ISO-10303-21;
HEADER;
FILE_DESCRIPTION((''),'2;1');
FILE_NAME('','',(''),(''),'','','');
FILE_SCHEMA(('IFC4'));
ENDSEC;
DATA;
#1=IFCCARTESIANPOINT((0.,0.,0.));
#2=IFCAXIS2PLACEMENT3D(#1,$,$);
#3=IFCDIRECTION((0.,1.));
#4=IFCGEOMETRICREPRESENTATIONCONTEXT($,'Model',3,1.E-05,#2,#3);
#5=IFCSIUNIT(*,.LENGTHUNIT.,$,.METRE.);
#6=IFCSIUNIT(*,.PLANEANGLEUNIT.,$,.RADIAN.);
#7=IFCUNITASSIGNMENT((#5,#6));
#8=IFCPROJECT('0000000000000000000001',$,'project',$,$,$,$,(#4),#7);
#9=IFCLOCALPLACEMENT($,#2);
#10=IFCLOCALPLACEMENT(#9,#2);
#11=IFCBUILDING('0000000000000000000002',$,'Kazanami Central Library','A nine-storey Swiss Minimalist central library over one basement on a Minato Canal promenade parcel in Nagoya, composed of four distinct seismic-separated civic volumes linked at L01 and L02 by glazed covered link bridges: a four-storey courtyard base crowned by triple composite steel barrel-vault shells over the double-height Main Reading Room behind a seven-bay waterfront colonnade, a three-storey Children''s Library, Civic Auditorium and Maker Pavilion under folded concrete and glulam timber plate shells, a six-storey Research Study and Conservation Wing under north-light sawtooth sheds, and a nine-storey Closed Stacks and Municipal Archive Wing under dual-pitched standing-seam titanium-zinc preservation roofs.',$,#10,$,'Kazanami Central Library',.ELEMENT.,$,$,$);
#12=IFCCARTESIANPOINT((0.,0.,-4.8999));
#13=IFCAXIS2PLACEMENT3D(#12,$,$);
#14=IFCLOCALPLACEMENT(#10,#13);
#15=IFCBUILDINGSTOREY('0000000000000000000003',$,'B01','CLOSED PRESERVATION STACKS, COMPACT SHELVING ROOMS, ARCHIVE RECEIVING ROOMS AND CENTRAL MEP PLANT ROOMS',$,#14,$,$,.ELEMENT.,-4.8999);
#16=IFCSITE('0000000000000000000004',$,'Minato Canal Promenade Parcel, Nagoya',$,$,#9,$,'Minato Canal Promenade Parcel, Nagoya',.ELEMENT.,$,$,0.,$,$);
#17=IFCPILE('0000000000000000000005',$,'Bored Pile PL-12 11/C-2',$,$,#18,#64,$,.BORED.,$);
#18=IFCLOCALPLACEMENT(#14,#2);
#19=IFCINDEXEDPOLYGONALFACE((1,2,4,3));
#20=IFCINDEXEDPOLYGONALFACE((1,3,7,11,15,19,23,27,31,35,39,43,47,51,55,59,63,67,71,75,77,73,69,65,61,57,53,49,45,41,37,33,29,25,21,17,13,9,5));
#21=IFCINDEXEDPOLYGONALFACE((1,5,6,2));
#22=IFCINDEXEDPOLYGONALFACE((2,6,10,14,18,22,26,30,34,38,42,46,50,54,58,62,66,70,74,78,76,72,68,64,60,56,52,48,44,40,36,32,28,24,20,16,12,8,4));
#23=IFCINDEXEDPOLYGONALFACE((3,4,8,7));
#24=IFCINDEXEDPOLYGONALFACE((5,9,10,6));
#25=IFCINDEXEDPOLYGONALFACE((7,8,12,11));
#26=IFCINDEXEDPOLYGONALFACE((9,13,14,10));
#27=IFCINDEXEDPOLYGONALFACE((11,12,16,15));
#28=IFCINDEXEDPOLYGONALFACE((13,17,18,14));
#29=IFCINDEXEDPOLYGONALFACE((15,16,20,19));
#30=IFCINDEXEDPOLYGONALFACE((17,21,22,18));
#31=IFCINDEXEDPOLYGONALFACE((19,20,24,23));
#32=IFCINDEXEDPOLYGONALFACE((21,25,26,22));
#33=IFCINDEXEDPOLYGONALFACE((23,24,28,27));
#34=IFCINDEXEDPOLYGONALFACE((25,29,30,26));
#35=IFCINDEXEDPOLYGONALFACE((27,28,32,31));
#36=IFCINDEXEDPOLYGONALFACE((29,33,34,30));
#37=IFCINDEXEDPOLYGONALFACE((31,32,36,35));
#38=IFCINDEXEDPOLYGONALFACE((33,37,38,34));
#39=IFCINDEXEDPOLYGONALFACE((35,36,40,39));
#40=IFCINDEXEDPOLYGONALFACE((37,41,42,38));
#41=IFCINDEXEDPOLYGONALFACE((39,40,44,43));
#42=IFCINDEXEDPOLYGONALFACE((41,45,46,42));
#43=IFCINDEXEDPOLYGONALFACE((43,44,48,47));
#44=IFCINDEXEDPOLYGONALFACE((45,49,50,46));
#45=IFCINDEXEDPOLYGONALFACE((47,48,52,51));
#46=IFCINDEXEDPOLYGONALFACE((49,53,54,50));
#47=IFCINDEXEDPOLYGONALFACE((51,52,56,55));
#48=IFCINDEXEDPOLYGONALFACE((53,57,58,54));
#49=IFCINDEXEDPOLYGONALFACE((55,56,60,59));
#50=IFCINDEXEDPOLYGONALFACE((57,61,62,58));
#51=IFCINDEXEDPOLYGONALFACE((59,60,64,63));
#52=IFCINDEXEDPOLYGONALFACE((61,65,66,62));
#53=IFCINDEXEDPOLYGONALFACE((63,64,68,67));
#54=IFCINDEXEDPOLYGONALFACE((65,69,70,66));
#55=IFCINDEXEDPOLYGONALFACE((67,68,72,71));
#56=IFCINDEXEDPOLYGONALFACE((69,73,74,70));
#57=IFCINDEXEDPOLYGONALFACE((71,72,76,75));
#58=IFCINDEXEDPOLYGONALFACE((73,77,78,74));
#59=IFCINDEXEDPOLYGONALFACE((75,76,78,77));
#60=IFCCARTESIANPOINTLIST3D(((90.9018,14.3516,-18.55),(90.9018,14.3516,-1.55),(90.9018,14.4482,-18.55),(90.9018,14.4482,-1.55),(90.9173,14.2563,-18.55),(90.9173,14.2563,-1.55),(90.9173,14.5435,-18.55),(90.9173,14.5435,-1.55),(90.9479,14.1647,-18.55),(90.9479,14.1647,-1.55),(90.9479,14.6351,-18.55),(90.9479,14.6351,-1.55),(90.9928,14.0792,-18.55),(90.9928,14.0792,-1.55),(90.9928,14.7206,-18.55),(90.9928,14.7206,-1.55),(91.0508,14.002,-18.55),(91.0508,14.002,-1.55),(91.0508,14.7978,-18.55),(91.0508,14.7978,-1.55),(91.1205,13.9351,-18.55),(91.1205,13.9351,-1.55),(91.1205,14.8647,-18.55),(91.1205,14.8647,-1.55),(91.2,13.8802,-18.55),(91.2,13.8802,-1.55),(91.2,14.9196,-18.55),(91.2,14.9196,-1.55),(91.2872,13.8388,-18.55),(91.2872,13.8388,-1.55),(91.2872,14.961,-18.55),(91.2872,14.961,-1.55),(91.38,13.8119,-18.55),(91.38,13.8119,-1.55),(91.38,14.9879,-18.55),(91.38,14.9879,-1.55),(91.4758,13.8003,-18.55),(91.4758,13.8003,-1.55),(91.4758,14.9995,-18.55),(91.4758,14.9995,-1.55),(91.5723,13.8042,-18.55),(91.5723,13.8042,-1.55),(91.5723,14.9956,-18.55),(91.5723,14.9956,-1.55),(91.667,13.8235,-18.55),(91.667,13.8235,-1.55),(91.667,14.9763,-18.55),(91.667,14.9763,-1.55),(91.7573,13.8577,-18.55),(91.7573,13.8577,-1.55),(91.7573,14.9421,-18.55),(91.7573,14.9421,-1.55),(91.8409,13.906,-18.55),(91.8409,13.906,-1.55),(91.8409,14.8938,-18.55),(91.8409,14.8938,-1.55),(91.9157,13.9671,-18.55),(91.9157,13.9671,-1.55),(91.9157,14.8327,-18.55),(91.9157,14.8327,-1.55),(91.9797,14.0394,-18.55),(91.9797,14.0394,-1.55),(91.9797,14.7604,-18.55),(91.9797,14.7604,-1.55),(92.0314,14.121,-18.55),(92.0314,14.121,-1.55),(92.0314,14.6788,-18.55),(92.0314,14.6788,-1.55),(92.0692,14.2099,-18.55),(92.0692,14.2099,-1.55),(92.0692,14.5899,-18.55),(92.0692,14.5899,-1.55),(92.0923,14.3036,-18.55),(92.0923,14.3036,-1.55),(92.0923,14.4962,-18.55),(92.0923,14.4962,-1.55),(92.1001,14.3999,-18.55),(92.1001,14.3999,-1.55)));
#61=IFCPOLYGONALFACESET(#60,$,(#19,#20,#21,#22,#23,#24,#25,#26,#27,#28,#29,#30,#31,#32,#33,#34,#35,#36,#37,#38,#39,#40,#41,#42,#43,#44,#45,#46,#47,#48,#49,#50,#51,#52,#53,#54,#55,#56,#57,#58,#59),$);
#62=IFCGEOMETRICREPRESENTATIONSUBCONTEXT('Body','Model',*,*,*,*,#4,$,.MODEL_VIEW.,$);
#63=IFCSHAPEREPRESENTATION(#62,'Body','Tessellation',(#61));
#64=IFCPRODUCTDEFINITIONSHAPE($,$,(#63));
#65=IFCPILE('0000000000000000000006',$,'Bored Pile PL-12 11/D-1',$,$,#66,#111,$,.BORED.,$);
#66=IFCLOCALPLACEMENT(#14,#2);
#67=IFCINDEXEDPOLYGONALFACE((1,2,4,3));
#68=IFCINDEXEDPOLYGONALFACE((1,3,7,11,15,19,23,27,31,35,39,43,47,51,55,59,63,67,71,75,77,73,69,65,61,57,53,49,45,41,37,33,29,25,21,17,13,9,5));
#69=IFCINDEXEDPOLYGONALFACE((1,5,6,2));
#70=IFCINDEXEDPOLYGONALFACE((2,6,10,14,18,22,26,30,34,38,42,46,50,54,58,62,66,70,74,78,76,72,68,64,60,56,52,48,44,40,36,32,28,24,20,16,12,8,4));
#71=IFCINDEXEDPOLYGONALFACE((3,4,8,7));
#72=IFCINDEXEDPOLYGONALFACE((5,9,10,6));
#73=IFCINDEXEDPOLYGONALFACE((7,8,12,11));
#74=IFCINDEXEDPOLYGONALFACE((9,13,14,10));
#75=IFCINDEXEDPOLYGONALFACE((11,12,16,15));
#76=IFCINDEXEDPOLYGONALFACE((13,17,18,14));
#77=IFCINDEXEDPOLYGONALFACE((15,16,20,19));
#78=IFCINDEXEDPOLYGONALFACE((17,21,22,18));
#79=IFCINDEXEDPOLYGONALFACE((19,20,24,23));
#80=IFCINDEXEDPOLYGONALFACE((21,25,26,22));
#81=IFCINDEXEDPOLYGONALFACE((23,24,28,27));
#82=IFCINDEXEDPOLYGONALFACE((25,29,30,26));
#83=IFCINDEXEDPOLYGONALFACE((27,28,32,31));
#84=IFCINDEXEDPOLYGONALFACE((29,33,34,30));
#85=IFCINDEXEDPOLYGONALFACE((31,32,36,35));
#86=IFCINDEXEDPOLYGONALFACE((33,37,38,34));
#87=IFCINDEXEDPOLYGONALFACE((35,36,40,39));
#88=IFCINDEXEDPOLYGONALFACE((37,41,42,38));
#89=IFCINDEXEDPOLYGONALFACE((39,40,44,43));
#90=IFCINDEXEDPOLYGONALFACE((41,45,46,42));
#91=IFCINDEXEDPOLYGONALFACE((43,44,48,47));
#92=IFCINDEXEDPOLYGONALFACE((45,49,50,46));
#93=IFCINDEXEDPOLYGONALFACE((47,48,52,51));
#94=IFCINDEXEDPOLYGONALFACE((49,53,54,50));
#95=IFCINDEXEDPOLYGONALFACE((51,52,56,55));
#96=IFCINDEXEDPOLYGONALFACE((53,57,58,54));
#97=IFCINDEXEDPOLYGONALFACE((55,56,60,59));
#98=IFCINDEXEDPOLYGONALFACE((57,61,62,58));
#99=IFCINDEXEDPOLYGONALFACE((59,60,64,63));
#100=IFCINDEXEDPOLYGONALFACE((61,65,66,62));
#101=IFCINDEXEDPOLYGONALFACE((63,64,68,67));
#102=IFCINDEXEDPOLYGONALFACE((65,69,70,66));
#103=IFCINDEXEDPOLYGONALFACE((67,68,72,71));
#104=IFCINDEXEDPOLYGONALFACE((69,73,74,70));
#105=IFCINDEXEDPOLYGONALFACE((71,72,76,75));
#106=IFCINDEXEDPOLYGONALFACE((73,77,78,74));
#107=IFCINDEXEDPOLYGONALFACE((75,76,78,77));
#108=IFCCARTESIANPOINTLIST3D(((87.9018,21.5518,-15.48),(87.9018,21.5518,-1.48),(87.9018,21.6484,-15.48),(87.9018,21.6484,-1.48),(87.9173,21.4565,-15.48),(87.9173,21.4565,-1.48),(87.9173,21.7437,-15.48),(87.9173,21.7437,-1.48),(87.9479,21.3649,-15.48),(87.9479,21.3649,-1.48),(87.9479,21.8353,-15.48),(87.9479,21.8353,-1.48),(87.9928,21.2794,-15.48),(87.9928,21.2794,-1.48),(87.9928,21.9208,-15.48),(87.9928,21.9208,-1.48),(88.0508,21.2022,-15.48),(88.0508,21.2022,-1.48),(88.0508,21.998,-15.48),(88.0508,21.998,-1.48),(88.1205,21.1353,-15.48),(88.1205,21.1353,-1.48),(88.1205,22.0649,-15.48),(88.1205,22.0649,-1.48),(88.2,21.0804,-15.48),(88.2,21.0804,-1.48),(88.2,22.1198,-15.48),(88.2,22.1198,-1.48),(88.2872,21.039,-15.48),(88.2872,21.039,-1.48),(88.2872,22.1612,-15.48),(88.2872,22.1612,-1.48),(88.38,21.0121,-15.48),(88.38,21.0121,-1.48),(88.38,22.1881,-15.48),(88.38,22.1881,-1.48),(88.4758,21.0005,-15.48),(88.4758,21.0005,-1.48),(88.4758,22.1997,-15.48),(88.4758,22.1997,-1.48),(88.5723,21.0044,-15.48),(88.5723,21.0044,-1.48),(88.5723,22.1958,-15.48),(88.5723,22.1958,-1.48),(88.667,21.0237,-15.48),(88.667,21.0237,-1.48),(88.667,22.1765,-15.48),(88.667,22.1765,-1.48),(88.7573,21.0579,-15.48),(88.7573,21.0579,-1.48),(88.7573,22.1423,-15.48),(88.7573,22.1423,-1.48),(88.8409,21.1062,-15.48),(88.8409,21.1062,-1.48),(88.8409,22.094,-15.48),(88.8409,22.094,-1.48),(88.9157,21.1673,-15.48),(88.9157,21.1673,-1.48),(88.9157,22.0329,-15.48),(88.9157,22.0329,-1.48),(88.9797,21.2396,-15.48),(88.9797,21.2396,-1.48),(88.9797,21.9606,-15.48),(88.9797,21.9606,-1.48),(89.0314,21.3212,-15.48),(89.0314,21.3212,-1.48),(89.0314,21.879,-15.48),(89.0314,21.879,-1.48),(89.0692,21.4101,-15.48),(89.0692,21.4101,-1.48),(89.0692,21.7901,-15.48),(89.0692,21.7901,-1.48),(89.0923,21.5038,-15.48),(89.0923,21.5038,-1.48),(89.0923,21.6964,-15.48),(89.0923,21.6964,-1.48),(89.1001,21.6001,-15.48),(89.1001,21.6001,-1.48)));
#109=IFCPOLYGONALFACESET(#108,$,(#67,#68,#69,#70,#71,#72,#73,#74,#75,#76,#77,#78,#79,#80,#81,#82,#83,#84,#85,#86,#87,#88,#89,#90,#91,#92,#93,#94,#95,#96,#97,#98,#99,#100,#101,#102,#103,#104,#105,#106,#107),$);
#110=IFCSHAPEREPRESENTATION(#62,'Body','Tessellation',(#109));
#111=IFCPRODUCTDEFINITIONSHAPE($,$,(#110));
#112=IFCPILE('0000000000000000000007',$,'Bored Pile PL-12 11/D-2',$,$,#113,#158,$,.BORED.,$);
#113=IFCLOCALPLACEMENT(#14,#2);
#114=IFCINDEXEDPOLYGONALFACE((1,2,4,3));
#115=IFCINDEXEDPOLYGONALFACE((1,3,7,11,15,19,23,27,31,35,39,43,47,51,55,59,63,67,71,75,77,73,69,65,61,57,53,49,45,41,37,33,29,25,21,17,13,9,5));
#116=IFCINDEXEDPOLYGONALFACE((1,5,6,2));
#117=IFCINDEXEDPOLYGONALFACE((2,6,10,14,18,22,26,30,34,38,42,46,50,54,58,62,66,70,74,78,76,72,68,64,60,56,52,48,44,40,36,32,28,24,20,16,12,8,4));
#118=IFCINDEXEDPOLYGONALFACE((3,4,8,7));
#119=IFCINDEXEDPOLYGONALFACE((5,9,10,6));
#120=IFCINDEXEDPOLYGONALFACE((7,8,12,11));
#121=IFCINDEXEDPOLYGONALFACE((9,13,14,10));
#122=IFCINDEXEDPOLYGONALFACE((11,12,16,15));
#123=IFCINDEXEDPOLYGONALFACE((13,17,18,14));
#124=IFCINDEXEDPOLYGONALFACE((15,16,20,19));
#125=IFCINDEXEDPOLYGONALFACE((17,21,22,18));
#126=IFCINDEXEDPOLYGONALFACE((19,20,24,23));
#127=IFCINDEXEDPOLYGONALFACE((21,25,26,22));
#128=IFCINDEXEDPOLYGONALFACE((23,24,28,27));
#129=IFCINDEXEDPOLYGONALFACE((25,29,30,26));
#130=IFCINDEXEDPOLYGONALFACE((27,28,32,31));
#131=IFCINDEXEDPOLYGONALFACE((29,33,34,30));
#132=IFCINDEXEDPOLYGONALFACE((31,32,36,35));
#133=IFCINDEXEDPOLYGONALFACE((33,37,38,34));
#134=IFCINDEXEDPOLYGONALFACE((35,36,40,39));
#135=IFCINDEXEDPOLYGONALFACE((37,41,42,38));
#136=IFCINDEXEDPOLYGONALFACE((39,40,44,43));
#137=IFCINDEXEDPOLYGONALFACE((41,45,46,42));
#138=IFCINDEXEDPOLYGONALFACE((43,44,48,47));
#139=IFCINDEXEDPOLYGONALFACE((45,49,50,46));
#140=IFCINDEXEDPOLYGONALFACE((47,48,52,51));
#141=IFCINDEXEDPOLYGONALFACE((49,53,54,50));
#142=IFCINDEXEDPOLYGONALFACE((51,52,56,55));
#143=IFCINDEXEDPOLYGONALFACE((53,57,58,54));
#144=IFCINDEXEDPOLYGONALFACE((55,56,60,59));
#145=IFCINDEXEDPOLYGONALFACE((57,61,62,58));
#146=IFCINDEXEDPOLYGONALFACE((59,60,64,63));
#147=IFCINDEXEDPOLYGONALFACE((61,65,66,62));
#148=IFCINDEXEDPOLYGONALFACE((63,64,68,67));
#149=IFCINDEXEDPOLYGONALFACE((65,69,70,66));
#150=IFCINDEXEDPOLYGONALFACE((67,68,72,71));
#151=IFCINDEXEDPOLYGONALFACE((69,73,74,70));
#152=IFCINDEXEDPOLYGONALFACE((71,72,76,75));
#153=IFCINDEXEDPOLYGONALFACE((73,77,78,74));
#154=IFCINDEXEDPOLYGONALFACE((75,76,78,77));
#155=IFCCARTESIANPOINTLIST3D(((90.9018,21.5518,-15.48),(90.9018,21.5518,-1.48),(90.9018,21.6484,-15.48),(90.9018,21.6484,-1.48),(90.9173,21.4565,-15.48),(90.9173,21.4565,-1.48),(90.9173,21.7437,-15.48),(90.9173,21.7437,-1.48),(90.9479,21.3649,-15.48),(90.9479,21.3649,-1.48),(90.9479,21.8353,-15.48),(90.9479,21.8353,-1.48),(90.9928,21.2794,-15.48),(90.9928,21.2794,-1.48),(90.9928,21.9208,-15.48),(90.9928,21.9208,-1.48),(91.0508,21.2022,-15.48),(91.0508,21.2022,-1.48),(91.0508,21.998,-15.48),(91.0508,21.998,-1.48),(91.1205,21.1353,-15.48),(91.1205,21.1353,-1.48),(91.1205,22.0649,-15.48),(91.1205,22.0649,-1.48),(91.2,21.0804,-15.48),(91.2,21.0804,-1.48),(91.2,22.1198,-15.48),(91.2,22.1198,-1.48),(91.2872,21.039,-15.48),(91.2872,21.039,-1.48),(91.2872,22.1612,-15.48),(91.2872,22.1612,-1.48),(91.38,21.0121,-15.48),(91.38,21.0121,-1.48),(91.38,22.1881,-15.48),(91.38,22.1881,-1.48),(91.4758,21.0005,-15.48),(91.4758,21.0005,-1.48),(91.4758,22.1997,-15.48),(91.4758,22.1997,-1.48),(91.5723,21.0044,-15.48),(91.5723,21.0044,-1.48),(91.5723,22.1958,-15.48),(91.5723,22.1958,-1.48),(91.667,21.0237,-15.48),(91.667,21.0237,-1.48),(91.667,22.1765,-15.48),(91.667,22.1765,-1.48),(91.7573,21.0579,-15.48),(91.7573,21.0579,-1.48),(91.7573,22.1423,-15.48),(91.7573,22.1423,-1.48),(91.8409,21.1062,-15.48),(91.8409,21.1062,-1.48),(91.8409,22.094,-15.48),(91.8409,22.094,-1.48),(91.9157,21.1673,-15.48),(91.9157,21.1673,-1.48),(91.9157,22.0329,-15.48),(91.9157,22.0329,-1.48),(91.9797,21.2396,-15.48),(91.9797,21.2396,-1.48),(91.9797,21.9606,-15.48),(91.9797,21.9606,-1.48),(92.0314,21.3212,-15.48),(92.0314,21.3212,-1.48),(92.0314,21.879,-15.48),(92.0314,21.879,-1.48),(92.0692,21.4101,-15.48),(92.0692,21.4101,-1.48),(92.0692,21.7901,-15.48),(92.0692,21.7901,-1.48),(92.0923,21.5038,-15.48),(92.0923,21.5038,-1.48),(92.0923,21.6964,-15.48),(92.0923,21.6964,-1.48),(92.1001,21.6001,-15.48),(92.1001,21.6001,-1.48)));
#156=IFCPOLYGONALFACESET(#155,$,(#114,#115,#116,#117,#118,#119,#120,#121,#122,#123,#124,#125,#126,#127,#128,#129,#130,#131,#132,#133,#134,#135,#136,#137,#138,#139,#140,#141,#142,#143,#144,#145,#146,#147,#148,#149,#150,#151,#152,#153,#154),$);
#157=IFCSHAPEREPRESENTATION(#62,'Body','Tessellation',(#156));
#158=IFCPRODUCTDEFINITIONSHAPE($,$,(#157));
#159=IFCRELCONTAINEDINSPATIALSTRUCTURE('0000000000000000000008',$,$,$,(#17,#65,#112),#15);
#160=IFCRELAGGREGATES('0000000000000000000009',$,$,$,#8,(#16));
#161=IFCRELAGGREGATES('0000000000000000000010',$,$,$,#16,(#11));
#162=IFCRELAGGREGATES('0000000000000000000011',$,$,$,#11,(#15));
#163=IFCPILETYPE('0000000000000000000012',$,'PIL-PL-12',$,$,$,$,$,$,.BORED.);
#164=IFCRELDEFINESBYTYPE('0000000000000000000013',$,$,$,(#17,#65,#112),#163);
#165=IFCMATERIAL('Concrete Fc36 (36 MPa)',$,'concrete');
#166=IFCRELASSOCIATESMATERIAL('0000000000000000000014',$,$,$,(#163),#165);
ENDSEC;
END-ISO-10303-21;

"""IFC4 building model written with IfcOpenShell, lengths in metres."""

from ifc_helpers import new_model, si_unit, direction, frame, origin, origin_2d, place, context, subcontext, project, spatial, circle, extrude, material, material_profile, profile_set, type_object, element, save


model = new_model("IFC4")

# Units and contexts
model_context = context("Model", 3, precision=1e-05, world=origin(), true_north=direction((0.0, 1.0)))
body_context = subcontext(model_context, "Body", "Model", "MODEL_VIEW")
ifc_project = project(units=[si_unit("LENGTHUNIT", "METRE"), si_unit("PLANEANGLEUNIT", "RADIAN")], contexts=[model_context])

# Site, building, storey
site_placement = place(None, origin())
site = spatial("IfcSite", under=ifc_project, at=site_placement, Name="Minato Canal Promenade Parcel, Nagoya", LongName="Minato Canal Promenade Parcel, Nagoya", CompositionType="ELEMENT", RefElevation=0.0)
building_placement = place(site_placement, origin())
building = spatial("IfcBuilding", under=site, at=building_placement, Name="Kazanami Central Library", Description="A nine-storey Swiss Minimalist central library over one basement on a Minato Canal promenade parcel in Nagoya, composed of four distinct seismic-separated civic volumes linked at L01 and L02 by glazed covered link bridges: a four-storey courtyard base crowned by triple composite steel barrel-vault shells over the double-height Main Reading Room behind a seven-bay waterfront colonnade, a three-storey Children's Library, Civic Auditorium and Maker Pavilion under folded concrete and glulam timber plate shells, a six-storey Research Study and Conservation Wing under north-light sawtooth sheds, and a nine-storey Closed Stacks and Municipal Archive Wing under dual-pitched standing-seam titanium-zinc preservation roofs.", LongName="Kazanami Central Library", CompositionType="ELEMENT")
storey_placement = place(building_placement, frame((0.0, 0.0, -4.8999)))
storey = spatial("IfcBuildingStorey", under=building, at=storey_placement, Name="B01", Description="CLOSED PRESERVATION STACKS, COMPACT SHELVING ROOMS, ARCHIVE RECEIVING ROOMS AND CENTRAL MEP PLANT ROOMS", CompositionType="ELEMENT", Elevation=-4.8999)

# Shared definitions
ifc_material_1 = material(Name="Concrete Fc36 (36 MPa)", Category="concrete")

# Piles
ifc_material_profile_1 = material_profile(ifc_material_1, circle(Radius=0.6001, at=origin_2d()), Name="BORED-D1200")
ifc_profile_set_1 = profile_set([ifc_material_profile_1], Name="Concrete Fc36 (36 MPa)")
pile_type_1 = type_object("IfcPileType", Name="PIL-PL-12", PredefinedType="BORED", material=ifc_profile_set_1)
for number, where, z_axis, x_axis, name in (
    (1, (91.5, 14.3999, -1.55), (0.0, 0.0, -1.0), (1.0, 0.0, 0.0), "Bored Pile PL-12 11/C-2"),
):
    element("IfcPile", number, at=place(storey_placement, frame(where, z_axis=z_axis, x_axis=x_axis)), inside=storey, type_object=pile_type_1, Name=name, PredefinedType="BORED", context=body_context, shape_type="SweptSolid", body=[
        extrude(circle(Radius=0.6001, at=origin_2d()), origin(), (0.0, 0.0, 1.0), 17.0),
    ])
for number, where, z_axis, x_axis, name in (
    (2, (88.5, 21.6001, -1.48), (0.0, 0.0, -1.0), (1.0, 0.0, 0.0), "Bored Pile PL-12 11/D-1"),
    (3, (91.5, 21.6001, -1.48), (0.0, 0.0, -1.0), (1.0, 0.0, 0.0), "Bored Pile PL-12 11/D-2"),
):
    element("IfcPile", number, at=place(storey_placement, frame(where, z_axis=z_axis, x_axis=x_axis)), inside=storey, type_object=pile_type_1, Name=name, PredefinedType="BORED", context=body_context, shape_type="SweptSolid", body=[
        extrude(circle(Radius=0.6001, at=origin_2d()), origin(), (0.0, 0.0, 1.0), 14.0),
    ])

save(model, "model.ifc")
